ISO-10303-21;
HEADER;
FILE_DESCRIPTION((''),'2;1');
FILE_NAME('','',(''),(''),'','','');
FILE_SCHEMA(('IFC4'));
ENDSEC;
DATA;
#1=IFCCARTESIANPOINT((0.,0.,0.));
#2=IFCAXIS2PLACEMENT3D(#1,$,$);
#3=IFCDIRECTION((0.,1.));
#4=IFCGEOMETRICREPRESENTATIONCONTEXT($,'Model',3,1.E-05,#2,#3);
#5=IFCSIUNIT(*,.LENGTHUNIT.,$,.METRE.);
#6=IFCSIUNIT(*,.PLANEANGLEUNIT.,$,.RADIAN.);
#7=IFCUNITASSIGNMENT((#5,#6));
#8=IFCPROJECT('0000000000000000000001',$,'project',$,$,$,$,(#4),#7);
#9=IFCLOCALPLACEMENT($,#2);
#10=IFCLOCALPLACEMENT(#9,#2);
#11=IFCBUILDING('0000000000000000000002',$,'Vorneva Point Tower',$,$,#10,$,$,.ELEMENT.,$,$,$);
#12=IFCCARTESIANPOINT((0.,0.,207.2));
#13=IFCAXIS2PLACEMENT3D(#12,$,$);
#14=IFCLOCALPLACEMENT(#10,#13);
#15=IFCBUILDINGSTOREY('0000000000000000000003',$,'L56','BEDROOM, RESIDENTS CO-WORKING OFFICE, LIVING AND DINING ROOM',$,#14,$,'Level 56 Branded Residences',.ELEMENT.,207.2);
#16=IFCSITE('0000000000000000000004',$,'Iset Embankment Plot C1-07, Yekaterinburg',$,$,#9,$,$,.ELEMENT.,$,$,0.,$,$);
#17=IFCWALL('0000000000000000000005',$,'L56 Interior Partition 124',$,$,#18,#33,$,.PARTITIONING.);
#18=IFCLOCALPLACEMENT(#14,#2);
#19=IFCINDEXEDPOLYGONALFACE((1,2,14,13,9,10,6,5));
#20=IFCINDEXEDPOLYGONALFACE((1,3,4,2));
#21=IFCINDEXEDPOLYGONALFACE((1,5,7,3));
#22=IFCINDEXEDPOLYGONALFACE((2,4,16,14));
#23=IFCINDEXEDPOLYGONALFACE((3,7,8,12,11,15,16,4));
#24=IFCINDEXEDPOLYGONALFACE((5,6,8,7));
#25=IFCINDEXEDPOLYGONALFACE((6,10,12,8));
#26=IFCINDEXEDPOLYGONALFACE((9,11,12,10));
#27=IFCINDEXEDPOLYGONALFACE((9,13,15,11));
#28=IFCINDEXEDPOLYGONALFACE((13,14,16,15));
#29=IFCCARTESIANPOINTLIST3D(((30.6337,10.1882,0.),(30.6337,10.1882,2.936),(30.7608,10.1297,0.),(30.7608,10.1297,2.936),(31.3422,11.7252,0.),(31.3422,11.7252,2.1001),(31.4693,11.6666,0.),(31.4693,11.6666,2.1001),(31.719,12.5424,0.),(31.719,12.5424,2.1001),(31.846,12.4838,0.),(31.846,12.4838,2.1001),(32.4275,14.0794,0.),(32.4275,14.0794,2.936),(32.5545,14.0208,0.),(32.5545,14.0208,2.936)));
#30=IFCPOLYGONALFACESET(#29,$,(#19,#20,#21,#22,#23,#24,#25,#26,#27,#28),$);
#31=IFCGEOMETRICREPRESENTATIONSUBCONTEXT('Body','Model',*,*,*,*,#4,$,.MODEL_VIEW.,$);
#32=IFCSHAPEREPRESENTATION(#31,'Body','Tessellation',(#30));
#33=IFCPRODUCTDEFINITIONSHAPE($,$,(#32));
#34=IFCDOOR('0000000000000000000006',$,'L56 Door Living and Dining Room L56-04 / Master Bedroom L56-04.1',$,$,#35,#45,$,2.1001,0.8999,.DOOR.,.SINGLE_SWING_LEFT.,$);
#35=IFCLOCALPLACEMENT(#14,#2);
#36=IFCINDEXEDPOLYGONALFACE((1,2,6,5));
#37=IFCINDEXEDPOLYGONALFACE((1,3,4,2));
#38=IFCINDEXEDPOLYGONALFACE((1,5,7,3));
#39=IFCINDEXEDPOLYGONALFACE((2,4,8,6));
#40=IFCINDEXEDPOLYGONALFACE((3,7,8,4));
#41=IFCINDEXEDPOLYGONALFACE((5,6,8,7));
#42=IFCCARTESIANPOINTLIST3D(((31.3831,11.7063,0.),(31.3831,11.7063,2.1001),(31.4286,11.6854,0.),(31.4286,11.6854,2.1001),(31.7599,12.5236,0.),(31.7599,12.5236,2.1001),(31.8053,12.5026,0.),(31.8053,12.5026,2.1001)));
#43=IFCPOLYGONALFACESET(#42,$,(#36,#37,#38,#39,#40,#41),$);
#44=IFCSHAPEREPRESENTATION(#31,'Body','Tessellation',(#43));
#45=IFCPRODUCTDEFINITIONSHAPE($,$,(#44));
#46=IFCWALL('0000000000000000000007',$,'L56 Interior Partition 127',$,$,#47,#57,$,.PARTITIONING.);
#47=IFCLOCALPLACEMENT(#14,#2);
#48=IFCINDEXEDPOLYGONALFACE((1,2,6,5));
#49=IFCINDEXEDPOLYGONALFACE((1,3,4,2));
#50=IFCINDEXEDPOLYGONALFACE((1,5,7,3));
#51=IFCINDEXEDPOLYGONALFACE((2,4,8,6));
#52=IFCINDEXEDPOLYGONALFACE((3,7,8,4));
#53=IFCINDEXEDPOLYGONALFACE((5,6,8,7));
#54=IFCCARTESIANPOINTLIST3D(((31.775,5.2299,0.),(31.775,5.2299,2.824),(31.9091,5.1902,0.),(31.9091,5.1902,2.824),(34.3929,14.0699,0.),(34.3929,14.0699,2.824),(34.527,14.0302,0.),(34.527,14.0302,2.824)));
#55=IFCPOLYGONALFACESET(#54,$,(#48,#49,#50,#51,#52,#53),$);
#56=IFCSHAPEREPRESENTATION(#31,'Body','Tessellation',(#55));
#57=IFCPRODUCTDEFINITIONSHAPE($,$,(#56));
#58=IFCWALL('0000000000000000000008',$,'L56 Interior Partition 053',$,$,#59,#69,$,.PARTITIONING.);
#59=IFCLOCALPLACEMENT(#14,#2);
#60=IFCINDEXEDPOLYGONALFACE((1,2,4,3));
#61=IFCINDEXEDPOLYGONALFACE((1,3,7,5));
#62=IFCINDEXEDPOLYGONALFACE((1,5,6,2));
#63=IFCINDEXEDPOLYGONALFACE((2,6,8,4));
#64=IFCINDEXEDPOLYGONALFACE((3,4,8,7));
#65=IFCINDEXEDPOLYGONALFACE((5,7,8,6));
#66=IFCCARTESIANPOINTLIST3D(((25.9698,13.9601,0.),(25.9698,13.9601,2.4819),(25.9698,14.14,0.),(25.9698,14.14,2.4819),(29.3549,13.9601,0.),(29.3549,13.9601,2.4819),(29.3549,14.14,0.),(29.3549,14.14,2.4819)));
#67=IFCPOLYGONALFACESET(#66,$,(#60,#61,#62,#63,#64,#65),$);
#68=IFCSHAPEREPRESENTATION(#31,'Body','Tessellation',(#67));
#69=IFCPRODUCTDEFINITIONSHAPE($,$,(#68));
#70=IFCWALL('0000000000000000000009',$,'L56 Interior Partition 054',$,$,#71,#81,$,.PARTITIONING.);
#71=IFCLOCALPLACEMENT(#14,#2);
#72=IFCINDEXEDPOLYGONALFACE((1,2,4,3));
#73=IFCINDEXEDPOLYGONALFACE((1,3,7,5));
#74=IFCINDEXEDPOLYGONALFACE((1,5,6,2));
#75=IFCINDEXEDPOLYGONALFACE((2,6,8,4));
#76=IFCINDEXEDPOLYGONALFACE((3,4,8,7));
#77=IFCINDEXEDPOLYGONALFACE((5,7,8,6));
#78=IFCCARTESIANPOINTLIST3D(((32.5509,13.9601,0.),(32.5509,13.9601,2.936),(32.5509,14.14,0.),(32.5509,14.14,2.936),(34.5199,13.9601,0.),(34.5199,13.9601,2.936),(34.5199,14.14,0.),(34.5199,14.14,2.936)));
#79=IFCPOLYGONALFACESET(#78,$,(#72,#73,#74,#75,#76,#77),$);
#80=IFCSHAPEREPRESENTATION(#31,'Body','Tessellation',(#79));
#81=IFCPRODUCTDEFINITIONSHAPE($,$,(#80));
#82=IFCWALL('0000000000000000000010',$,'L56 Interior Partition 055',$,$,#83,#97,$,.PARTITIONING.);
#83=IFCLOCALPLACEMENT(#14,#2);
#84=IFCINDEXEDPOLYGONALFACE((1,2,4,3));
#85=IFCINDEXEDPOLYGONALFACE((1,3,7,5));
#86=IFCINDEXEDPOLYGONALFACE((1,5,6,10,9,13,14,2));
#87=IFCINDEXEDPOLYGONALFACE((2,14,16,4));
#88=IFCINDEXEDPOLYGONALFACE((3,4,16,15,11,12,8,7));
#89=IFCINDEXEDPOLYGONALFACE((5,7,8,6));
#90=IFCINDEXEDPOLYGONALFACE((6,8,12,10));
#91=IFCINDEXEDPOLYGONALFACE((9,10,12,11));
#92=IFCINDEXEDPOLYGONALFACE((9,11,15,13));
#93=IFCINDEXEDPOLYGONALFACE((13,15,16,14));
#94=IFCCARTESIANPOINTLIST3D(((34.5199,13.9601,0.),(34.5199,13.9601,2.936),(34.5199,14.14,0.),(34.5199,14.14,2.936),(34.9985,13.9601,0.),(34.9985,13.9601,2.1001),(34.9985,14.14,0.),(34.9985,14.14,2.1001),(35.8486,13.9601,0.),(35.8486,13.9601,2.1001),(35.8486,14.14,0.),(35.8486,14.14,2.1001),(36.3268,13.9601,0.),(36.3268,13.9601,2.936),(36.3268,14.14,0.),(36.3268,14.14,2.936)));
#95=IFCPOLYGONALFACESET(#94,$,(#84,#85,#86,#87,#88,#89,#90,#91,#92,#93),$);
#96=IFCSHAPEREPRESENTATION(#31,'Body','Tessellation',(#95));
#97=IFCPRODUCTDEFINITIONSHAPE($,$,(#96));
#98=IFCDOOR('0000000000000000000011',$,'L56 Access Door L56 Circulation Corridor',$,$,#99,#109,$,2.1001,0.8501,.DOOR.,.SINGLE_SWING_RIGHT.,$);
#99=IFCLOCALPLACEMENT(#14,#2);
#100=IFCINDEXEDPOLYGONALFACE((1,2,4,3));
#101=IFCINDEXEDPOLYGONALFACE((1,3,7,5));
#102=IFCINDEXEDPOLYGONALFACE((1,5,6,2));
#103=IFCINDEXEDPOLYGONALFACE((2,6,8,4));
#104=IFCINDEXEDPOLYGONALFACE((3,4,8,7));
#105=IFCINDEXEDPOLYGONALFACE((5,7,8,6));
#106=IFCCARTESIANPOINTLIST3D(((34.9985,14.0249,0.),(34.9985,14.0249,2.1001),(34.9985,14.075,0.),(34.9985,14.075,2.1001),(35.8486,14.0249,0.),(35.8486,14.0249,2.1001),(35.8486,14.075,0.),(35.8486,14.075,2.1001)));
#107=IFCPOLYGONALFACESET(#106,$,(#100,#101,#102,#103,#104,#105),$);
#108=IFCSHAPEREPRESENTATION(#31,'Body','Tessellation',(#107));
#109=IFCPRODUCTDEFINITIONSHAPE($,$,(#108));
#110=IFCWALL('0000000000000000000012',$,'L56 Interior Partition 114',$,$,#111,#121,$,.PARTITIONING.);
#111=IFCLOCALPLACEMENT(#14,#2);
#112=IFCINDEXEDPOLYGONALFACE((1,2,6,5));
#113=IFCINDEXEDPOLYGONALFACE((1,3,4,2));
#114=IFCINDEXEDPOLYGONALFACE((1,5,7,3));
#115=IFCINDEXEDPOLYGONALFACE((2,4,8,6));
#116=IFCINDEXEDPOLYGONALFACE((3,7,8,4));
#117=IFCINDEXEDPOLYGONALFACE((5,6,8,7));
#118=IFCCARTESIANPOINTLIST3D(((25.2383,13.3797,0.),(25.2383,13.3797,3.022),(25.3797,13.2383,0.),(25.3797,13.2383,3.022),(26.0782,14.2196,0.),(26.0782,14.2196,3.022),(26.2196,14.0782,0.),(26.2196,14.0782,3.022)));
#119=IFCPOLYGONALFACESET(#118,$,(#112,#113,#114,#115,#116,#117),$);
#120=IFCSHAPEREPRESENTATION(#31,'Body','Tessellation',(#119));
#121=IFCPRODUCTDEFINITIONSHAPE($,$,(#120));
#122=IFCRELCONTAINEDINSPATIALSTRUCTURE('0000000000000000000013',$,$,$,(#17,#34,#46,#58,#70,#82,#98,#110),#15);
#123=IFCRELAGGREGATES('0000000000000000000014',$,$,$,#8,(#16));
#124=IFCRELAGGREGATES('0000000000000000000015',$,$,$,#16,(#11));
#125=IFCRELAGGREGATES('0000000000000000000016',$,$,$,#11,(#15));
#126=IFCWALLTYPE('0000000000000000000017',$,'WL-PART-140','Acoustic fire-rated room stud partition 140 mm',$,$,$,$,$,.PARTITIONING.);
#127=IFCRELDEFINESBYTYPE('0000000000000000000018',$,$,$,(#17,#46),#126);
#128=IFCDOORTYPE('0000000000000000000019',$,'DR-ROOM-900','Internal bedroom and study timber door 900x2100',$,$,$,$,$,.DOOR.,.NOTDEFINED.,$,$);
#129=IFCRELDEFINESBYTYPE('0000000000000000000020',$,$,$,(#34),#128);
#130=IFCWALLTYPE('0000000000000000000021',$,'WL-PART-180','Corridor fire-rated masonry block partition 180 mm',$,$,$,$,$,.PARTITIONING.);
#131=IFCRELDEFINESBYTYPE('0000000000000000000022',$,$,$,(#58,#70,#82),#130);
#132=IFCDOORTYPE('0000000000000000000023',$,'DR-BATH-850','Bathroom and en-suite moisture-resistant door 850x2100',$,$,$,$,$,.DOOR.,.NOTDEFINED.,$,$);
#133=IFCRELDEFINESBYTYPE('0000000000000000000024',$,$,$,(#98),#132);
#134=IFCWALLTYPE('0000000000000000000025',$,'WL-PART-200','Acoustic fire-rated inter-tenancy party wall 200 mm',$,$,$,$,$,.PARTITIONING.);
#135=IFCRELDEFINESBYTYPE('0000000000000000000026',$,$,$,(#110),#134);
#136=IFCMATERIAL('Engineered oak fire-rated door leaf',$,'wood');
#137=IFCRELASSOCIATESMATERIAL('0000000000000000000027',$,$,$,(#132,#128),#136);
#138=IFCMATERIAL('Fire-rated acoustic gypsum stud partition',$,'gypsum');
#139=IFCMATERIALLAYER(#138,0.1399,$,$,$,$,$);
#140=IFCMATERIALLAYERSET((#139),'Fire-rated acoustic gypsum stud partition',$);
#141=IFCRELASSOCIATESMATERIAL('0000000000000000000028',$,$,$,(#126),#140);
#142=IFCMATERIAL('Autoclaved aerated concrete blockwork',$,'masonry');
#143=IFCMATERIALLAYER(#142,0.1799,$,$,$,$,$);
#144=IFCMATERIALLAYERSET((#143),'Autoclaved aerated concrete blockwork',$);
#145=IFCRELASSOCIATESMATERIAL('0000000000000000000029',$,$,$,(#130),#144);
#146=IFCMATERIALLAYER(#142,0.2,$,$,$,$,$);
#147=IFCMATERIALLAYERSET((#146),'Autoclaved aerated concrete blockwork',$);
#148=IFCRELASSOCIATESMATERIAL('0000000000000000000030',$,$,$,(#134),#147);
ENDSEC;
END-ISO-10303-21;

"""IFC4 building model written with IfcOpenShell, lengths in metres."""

from ifc_helpers import new_model, si_unit, direction, frame, frame_2d, origin, place, context, subcontext, project, spatial, rectangle, extrude, material, layer, layer_set, type_object, element, fill, save


model = new_model("IFC4")

# Units and contexts
model_context = context("Model", 3, precision=1e-05, world=origin(), true_north=direction((0.0, 1.0)))
body_context = subcontext(model_context, "Body", "Model", "MODEL_VIEW")
ifc_project = project(units=[si_unit("LENGTHUNIT", "METRE"), si_unit("PLANEANGLEUNIT", "RADIAN")], contexts=[model_context])

# Site, building, storey
site_placement = place(None, origin())
site = spatial("IfcSite", under=ifc_project, at=site_placement, Name="Iset Embankment Plot C1-07, Yekaterinburg", CompositionType="ELEMENT", RefElevation=0.0)
building_placement = place(site_placement, origin())
building = spatial("IfcBuilding", under=site, at=building_placement, Name="Vorneva Point Tower", CompositionType="ELEMENT")
storey_placement = place(building_placement, frame((0.0, 0.0, 207.2)))
storey = spatial("IfcBuildingStorey", under=building, at=storey_placement, Name="L56", Description="BEDROOM, RESIDENTS CO-WORKING OFFICE, LIVING AND DINING ROOM", LongName="Level 56 Branded Residences", CompositionType="ELEMENT", Elevation=207.2)

# Shared definitions
ifc_material_1 = material(Name="Fire-rated acoustic gypsum stud partition", Category="gypsum")
ifc_material_2 = material(Name="Engineered oak fire-rated door leaf", Category="wood")
door_type_1 = type_object("IfcDoorType", Name="DR-BATH-850", Description="Bathroom and en-suite moisture-resistant door 850x2100", OperationType="NOTDEFINED", PredefinedType="DOOR", material=ifc_material_2)

# Shared definitions
ifc_layer_1 = layer(ifc_material_1, 0.1399)
ifc_layer_set_1 = layer_set([ifc_layer_1], Name="Fire-rated acoustic gypsum stud partition")
wall_type_1 = type_object("IfcWallType", Name="WL-PART-140", Description="Acoustic fire-rated room stud partition 140 mm", PredefinedType="PARTITIONING", material=ifc_layer_set_1)

# Wall, opening, door
door_type_2 = type_object("IfcDoorType", Name="DR-ROOM-900", Description="Internal bedroom and study timber door 900x2100", OperationType="NOTDEFINED", PredefinedType="DOOR", material=ifc_material_2)
wall_1_placement = place(storey_placement, frame((30.6973, 10.1589, 0.0), z_axis=(0.0, 0.0, 1.0), x_axis=(0.418635, 0.908154, 0.0)))
wall_1 = element("IfcWall", 1, at=wall_1_placement, inside=storey, type_object=wall_type_1, Name="L56 Interior Partition 124", PredefinedType="PARTITIONING", context=body_context, shape_type="SweptSolid", body=[
    extrude(rectangle(XDim=4.2847, YDim=0.1399, at=frame_2d((2.1423, 0.0))), origin(), (0.0, 0.0, 1.0), 2.936),
])
opening_1_placement = place(wall_1_placement, frame((1.6924, 0.0, 0.0)))
opening_1 = element("IfcOpeningElement", 2, at=opening_1_placement, cuts=wall_1, PredefinedType="OPENING", context=body_context, shape_type="SweptSolid", body=[
    extrude(rectangle(XDim=0.8999, YDim=2.1001, at=frame_2d((0.45, 1.05))), frame((0.0, 0.085, 0.0), z_axis=(0.0, -1.0, 0.0), x_axis=(1.0, 0.0, 0.0)), (0.0, 0.0, 1.0), 0.1697),
])
door_1_placement = place(opening_1_placement, origin())
door_1 = element("IfcDoor", 3, at=door_1_placement, inside=storey, type_object=door_type_2, Name="L56 Door Living and Dining Room L56-04 / Master Bedroom L56-04.1", OperationType="SINGLE_SWING_LEFT", OverallHeight=2.1001, OverallWidth=0.8999, PredefinedType="DOOR", context=body_context, shape_type="SweptSolid", body=[
    extrude(rectangle(XDim=0.8999, YDim=2.1001, at=frame_2d((0.45, 1.05))), frame((0.0, 0.0249, 0.0), z_axis=(0.0, -1.0, 0.0), x_axis=(1.0, 0.0, 0.0)), (0.0, 0.0, 1.0), 0.05),
])
fill(opening_1, door_1)

# Wall
wall_2_placement = place(storey_placement, frame((31.842, 5.21, 0.0), z_axis=(0.0, 0.0, 1.0), x_axis=(0.283952, 0.958838, 0.0)))
element("IfcWall", 4, at=wall_2_placement, inside=storey, type_object=wall_type_1, Name="L56 Interior Partition 127", PredefinedType="PARTITIONING", context=body_context, shape_type="SweptSolid", body=[
    extrude(rectangle(XDim=9.2195, YDim=0.1399, at=frame_2d((4.6099, 0.0))), origin(), (0.0, 0.0, 1.0), 2.824),
])

# Shared definitions
ifc_material_3 = material(Name="Autoclaved aerated concrete blockwork", Category="masonry")
ifc_layer_2 = layer(ifc_material_3, 0.1799)
ifc_layer_set_2 = layer_set([ifc_layer_2], Name="Autoclaved aerated concrete blockwork")
wall_type_2 = type_object("IfcWallType", Name="WL-PART-180", Description="Corridor fire-rated masonry block partition 180 mm", PredefinedType="PARTITIONING", material=ifc_layer_set_2)

# Walls
wall_3_placement = place(storey_placement, frame((25.97, 14.05, 0.0), z_axis=(0.0, 0.0, 1.0), x_axis=(1.0, 0.0, 0.0)))
element("IfcWall", 5, at=wall_3_placement, inside=storey, type_object=wall_type_2, Name="L56 Interior Partition 053", PredefinedType="PARTITIONING", context=body_context, shape_type="SweptSolid", body=[
    extrude(rectangle(XDim=3.385, YDim=0.1799, at=frame_2d((1.6924, 0.0))), origin(), (0.0, 0.0, 1.0), 2.4819),
])
wall_4_placement = place(storey_placement, frame((32.551, 14.05, 0.0), z_axis=(0.0, 0.0, 1.0), x_axis=(1.0, 0.0, 0.0)))
element("IfcWall", 6, at=wall_4_placement, inside=storey, type_object=wall_type_2, Name="L56 Interior Partition 054", PredefinedType="PARTITIONING", context=body_context, shape_type="SweptSolid", body=[
    extrude(rectangle(XDim=1.969, YDim=0.1799, at=frame_2d((0.9844, 0.0))), origin(), (0.0, 0.0, 1.0), 2.936),
])

# Wall, opening, door
wall_5_placement = place(storey_placement, frame((34.52, 14.05, 0.0), z_axis=(0.0, 0.0, 1.0), x_axis=(1.0, 0.0, 0.0)))
wall_5 = element("IfcWall", 7, at=wall_5_placement, inside=storey, type_object=wall_type_2, Name="L56 Interior Partition 055", PredefinedType="PARTITIONING", context=body_context, shape_type="SweptSolid", body=[
    extrude(rectangle(XDim=1.8069, YDim=0.1799, at=frame_2d((0.9033, 0.0))), origin(), (0.0, 0.0, 1.0), 2.936),
])
opening_2_placement = place(wall_5_placement, frame((0.4785, 0.0, 0.0)))
opening_2 = element("IfcOpeningElement", 8, at=opening_2_placement, cuts=wall_5, PredefinedType="OPENING", context=body_context, shape_type="SweptSolid", body=[
    extrude(rectangle(XDim=0.8501, YDim=2.1001, at=frame_2d((0.425, 1.05))), frame((0.0, 0.105, 0.0), z_axis=(0.0, -1.0, 0.0), x_axis=(1.0, 0.0, 0.0)), (0.0, 0.0, 1.0), 0.2097),
])
door_2_placement = place(opening_2_placement, origin())
door_2 = element("IfcDoor", 9, at=door_2_placement, inside=storey, type_object=door_type_1, Name="L56 Access Door L56 Circulation Corridor", OperationType="SINGLE_SWING_RIGHT", OverallHeight=2.1001, OverallWidth=0.8501, PredefinedType="DOOR", context=body_context, shape_type="SweptSolid", body=[
    extrude(rectangle(XDim=0.8501, YDim=2.1001, at=frame_2d((0.425, 1.05))), frame((0.0, 0.0249, 0.0), z_axis=(0.0, -1.0, 0.0), x_axis=(1.0, 0.0, 0.0)), (0.0, 0.0, 1.0), 0.05),
])
fill(opening_2, door_2)

# Wall
ifc_layer_3 = layer(ifc_material_3, 0.2)
ifc_layer_set_3 = layer_set([ifc_layer_3], Name="Autoclaved aerated concrete blockwork")
wall_type_3 = type_object("IfcWallType", Name="WL-PART-200", Description="Acoustic fire-rated inter-tenancy party wall 200 mm", PredefinedType="PARTITIONING", material=ifc_layer_set_3)
wall_6_placement = place(storey_placement, frame((25.3091, 13.3091, 0.0), z_axis=(0.0, 0.0, 1.0), x_axis=(0.707107, 0.707107, 0.0)))
element("IfcWall", 10, at=wall_6_placement, inside=storey, type_object=wall_type_3, Name="L56 Interior Partition 114", PredefinedType="PARTITIONING", context=body_context, shape_type="SweptSolid", body=[
    extrude(rectangle(XDim=1.1877, YDim=0.2, at=frame_2d((0.5938, 0.0))), origin(), (0.0, 0.0, 1.0), 3.022),
])

save(model, "model.ifc")
